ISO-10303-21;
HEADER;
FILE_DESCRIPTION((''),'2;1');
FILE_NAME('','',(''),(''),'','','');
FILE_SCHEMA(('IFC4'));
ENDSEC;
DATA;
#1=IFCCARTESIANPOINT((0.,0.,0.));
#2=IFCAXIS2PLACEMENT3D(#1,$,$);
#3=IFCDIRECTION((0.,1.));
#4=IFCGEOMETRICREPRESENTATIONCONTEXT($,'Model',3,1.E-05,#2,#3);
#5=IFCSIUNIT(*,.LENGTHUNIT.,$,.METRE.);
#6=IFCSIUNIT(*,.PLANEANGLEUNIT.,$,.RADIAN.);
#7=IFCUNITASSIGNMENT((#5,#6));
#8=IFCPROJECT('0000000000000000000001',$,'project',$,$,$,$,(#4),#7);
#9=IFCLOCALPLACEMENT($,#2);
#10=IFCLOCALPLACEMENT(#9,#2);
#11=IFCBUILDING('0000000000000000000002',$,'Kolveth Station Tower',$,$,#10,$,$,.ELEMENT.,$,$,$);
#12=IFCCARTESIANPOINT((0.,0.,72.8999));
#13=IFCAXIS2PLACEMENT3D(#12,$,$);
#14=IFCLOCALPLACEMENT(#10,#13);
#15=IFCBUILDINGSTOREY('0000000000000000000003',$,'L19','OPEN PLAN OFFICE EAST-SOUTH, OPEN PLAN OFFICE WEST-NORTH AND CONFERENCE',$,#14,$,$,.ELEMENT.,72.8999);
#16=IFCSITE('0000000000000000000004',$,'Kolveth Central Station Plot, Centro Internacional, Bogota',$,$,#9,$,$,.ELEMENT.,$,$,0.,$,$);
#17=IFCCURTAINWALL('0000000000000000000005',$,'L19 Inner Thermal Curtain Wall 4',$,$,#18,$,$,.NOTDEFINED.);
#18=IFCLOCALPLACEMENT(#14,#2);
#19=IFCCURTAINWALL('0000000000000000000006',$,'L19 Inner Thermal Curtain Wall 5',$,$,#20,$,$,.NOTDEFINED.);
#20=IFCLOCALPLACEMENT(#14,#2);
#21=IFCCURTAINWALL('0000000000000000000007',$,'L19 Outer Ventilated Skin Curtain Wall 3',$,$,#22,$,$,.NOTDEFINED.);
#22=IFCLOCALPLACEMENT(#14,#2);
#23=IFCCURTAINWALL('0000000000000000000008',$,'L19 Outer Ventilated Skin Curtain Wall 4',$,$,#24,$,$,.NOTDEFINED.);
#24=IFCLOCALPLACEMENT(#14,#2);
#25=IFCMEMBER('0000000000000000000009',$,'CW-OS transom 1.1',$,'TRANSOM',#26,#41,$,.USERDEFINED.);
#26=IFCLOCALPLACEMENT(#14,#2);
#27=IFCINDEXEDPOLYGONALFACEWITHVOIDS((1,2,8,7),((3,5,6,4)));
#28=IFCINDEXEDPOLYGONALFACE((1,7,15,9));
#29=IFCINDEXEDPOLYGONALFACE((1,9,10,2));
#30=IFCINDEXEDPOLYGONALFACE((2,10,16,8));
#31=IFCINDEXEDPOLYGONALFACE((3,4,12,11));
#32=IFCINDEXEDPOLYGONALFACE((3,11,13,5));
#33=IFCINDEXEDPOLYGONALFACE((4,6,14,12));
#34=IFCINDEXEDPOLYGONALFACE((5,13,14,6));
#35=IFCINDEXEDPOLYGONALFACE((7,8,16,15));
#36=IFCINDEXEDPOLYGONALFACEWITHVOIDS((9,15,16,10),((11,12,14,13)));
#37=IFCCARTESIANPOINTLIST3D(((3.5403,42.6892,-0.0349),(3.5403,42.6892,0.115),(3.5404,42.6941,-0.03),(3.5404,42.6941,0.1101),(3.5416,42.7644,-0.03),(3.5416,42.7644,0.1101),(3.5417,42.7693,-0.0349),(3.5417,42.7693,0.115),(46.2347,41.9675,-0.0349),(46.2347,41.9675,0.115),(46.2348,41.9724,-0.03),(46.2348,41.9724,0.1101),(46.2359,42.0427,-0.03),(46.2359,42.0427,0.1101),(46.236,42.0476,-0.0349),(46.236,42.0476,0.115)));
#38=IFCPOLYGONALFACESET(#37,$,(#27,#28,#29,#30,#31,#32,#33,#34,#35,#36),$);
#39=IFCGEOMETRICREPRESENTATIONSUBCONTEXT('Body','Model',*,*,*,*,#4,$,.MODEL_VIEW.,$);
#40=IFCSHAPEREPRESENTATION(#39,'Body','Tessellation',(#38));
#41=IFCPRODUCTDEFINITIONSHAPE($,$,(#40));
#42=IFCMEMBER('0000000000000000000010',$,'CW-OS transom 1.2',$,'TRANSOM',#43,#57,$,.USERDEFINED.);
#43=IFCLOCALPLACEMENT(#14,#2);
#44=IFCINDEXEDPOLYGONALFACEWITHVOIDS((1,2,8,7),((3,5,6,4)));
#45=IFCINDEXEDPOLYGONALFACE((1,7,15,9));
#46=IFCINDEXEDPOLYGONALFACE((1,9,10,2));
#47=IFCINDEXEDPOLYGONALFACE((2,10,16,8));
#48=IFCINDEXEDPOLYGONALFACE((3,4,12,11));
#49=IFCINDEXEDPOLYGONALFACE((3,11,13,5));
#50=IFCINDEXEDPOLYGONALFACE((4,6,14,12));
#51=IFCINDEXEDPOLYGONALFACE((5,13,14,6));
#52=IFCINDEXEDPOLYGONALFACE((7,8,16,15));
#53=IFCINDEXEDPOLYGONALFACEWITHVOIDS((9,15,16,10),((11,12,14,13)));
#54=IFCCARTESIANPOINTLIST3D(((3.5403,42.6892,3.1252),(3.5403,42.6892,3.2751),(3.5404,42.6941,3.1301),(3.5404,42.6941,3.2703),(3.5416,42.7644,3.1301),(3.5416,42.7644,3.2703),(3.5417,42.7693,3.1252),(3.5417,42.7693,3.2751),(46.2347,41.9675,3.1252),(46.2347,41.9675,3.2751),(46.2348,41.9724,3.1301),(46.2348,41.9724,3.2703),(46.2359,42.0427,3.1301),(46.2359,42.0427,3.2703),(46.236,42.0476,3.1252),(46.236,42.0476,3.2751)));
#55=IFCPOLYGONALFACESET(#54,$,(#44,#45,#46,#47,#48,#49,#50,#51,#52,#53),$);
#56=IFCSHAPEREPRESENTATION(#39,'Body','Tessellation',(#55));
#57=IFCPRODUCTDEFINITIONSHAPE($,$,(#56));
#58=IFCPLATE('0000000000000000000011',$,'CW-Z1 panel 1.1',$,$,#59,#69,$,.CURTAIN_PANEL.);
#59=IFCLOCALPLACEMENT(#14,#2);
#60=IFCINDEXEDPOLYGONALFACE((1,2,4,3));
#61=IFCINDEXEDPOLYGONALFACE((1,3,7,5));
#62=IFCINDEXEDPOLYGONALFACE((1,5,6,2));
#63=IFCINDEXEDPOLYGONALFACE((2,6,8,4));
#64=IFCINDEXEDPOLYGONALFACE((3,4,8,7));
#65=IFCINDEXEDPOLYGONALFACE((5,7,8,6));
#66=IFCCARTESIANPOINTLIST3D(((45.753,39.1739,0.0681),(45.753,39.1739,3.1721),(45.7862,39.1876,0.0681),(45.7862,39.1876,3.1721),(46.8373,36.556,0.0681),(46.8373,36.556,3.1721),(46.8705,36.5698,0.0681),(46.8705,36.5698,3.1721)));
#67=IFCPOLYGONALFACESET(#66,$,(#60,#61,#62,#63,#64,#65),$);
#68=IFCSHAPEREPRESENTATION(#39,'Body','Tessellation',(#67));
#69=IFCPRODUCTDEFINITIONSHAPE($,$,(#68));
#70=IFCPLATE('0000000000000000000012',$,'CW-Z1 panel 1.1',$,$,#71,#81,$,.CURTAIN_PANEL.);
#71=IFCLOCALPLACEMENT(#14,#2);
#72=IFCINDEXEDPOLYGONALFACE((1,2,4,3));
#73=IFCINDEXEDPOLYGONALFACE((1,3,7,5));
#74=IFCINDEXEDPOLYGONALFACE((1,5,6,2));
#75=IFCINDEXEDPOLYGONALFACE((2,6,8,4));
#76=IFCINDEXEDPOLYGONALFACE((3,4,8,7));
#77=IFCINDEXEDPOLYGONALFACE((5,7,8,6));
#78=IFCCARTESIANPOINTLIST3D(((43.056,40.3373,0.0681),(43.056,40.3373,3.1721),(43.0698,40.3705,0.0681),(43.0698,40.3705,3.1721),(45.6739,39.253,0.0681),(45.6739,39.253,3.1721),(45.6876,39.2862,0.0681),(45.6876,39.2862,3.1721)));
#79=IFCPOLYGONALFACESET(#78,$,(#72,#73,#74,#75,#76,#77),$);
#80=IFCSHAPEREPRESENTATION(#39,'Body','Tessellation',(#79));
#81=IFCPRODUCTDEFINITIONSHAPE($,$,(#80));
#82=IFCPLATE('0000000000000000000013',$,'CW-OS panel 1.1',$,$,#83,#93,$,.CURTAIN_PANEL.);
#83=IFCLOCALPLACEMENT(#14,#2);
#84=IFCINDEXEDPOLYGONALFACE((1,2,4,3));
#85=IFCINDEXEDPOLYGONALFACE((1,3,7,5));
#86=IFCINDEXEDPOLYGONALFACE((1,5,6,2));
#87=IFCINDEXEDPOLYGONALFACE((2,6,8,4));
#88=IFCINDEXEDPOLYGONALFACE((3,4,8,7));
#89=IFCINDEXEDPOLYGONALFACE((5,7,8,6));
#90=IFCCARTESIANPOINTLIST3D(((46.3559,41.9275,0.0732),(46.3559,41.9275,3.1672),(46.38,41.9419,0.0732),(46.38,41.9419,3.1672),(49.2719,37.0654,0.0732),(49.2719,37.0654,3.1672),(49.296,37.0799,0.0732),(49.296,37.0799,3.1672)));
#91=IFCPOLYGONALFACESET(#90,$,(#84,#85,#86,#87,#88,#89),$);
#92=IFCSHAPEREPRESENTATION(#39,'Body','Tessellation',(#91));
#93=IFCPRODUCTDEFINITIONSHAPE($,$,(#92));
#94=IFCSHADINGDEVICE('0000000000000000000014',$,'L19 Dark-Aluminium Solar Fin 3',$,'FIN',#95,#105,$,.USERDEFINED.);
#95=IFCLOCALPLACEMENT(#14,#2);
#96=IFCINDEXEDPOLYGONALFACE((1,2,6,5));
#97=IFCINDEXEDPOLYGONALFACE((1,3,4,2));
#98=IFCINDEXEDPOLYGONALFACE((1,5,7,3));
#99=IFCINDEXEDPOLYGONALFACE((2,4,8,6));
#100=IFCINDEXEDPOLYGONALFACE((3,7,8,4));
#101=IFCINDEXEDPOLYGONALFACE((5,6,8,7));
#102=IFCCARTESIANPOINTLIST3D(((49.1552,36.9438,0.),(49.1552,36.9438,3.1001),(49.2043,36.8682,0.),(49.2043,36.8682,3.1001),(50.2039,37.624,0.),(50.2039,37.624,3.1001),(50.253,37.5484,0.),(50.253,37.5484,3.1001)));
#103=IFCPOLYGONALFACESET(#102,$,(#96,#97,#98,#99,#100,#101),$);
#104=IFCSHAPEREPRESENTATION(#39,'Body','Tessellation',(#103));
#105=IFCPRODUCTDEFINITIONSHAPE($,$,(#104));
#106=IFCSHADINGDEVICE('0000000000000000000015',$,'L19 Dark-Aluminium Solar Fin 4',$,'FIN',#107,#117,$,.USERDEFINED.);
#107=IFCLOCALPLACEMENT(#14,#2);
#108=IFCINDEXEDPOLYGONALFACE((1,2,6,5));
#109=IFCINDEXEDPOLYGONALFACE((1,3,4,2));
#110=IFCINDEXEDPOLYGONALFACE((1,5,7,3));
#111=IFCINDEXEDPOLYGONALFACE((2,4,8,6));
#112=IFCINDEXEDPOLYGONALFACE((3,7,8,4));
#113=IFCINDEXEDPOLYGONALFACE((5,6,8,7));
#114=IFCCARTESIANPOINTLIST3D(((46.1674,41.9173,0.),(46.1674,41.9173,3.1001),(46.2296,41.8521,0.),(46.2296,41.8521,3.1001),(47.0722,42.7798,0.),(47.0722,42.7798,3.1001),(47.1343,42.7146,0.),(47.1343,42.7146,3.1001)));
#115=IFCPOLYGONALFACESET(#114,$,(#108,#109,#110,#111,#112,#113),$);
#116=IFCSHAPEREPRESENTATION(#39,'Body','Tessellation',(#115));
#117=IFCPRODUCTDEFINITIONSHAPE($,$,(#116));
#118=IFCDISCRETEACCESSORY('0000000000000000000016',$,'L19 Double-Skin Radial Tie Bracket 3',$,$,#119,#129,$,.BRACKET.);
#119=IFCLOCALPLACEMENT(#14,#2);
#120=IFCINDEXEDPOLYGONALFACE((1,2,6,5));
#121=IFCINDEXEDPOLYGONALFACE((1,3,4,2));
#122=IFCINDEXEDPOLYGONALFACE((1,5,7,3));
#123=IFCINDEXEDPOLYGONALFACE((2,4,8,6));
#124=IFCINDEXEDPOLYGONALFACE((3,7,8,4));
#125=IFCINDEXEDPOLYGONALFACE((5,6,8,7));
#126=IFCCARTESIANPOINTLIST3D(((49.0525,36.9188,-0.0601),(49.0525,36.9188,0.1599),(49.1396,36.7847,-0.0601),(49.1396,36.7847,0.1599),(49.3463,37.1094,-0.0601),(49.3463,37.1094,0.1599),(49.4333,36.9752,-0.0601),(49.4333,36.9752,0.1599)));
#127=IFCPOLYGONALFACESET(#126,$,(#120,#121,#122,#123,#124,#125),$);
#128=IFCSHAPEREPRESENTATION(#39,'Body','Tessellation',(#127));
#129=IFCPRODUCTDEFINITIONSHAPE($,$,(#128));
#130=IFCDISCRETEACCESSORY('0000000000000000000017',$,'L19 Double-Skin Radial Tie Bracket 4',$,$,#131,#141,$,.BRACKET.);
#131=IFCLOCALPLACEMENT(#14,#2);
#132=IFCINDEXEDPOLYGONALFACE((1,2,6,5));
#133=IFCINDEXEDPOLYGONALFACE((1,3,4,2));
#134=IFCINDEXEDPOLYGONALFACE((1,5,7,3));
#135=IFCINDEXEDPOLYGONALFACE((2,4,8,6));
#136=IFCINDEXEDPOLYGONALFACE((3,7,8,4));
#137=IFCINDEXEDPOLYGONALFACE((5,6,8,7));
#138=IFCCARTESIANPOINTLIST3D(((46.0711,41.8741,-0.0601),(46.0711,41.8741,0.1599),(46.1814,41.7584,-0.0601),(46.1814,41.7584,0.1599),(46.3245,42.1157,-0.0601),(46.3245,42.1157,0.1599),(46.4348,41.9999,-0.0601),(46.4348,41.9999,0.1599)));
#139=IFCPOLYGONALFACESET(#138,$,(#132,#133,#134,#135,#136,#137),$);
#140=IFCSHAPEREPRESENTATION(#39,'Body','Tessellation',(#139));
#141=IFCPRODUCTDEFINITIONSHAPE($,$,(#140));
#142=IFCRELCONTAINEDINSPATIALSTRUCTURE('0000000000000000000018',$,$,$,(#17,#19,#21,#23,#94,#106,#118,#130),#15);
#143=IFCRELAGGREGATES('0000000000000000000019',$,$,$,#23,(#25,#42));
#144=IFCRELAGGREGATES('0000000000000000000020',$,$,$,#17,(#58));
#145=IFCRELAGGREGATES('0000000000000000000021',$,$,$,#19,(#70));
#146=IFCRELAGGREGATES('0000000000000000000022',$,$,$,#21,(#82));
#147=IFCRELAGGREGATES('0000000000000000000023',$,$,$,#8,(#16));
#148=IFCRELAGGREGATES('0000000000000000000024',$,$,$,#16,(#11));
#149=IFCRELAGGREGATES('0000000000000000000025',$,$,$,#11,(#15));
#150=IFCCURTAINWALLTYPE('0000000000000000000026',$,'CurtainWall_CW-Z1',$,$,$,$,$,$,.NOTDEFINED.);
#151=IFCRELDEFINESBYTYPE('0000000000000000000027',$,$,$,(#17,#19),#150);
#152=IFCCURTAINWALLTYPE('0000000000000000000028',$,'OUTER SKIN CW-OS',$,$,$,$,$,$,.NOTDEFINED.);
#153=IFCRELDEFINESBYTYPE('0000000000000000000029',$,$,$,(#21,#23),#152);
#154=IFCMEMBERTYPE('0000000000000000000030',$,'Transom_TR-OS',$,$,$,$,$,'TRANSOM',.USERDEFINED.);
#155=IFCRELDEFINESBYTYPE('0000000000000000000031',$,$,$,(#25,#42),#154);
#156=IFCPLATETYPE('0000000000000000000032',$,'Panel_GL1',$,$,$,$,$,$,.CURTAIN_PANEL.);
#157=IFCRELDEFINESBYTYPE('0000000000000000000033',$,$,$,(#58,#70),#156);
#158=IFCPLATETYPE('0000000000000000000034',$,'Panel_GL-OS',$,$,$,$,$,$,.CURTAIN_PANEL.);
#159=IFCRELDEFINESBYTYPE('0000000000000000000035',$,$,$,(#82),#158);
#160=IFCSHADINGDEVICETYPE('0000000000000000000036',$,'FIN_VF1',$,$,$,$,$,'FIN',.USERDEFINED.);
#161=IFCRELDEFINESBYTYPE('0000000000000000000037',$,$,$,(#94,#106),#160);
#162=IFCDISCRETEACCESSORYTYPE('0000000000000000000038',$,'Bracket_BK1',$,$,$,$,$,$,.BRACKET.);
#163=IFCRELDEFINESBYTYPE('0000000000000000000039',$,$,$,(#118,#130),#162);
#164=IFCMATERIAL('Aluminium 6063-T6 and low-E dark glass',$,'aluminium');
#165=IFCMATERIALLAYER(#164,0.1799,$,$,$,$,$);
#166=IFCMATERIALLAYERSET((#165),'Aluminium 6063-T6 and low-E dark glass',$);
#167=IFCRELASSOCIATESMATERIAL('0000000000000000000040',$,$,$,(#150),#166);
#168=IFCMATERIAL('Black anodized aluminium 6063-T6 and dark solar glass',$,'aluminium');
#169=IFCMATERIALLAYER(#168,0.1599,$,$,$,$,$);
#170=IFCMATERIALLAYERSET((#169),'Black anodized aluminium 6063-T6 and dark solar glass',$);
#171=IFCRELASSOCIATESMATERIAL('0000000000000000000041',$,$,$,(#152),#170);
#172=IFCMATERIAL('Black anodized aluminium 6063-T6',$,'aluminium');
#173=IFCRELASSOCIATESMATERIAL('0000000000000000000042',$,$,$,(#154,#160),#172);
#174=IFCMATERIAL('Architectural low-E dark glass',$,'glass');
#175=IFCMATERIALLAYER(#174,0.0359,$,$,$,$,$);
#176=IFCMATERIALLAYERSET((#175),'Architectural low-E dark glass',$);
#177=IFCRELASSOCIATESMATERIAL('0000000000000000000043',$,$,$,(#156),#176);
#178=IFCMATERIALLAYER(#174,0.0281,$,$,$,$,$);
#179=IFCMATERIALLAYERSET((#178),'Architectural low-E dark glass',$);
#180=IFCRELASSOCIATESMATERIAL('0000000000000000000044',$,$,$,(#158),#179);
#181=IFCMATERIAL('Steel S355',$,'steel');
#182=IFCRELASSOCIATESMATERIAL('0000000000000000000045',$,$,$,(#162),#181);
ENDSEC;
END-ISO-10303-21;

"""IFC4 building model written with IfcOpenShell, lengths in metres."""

from ifc_helpers import new_model, si_unit, direction, frame, origin, origin_2d, place, context, subcontext, project, spatial, rectangle, hollow_rectangle, extrude, source, transform, mapped, material, layer, layer_set, material_profile, profile_set, type_object, element, aggregate, save


model = new_model("IFC4")

# Units and contexts
model_context = context("Model", 3, precision=1e-05, world=origin(), true_north=direction((0.0, 1.0)))
body_context = subcontext(model_context, "Body", "Model", "MODEL_VIEW")
ifc_project = project(units=[si_unit("LENGTHUNIT", "METRE"), si_unit("PLANEANGLEUNIT", "RADIAN")], contexts=[model_context])

# Site, building, storey
site_placement = place(None, origin())
site = spatial("IfcSite", under=ifc_project, at=site_placement, Name="Kolveth Central Station Plot, Centro Internacional, Bogota", CompositionType="ELEMENT", RefElevation=0.0)
building_placement = place(site_placement, origin())
building = spatial("IfcBuilding", under=site, at=building_placement, Name="Kolveth Station Tower", CompositionType="ELEMENT")
storey_placement = place(building_placement, frame((0.0, 0.0, 72.8999)))
storey = spatial("IfcBuildingStorey", under=building, at=storey_placement, Name="L19", Description="OPEN PLAN OFFICE EAST-SOUTH, OPEN PLAN OFFICE WEST-NORTH AND CONFERENCE", CompositionType="ELEMENT", Elevation=72.8999)

# Shared definitions
ifc_material_1 = material(Name="Steel S355", Category="steel")

# Curtain walls
ifc_material_2 = material(Name="Aluminium 6063-T6 and low-E dark glass", Category="aluminium")
ifc_layer_1 = layer(ifc_material_2, 0.1799)
ifc_layer_set_1 = layer_set([ifc_layer_1], Name="Aluminium 6063-T6 and low-E dark glass")
curtain_wall_type_1 = type_object("IfcCurtainWallType", Name="CurtainWall_CW-Z1", PredefinedType="NOTDEFINED", material=ifc_layer_set_1)
curtain_wall_1_placement = place(storey_placement, origin())
curtain_wall_1 = element("IfcCurtainWall", 1, at=curtain_wall_1_placement, inside=storey, type_object=curtain_wall_type_1, Name="L19 Inner Thermal Curtain Wall 4", PredefinedType="NOTDEFINED")
ifc_material_3 = material(Name="Black anodized aluminium 6063-T6", Category="aluminium")
curtain_wall_2_placement = place(storey_placement, origin())
curtain_wall_2 = element("IfcCurtainWall", 2, at=curtain_wall_2_placement, inside=storey, type_object=curtain_wall_type_1, Name="L19 Inner Thermal Curtain Wall 5", PredefinedType="NOTDEFINED")

# Shared definitions
ifc_material_4 = material(Name="Black anodized aluminium 6063-T6 and dark solar glass", Category="aluminium")
ifc_layer_2 = layer(ifc_material_4, 0.1599)
ifc_layer_set_2 = layer_set([ifc_layer_2], Name="Black anodized aluminium 6063-T6 and dark solar glass")
curtain_wall_type_2 = type_object("IfcCurtainWallType", Name="OUTER SKIN CW-OS", PredefinedType="NOTDEFINED", material=ifc_layer_set_2)

# Curtain wall
curtain_wall_3_placement = place(storey_placement, origin())
curtain_wall_3 = element("IfcCurtainWall", 3, at=curtain_wall_3_placement, inside=storey, type_object=curtain_wall_type_2, Name="L19 Outer Ventilated Skin Curtain Wall 3", PredefinedType="NOTDEFINED")

# Curtain wall
curtain_wall_4_placement = place(storey_placement, origin())
curtain_wall_4 = element("IfcCurtainWall", 4, at=curtain_wall_4_placement, inside=storey, type_object=curtain_wall_type_2, Name="L19 Outer Ventilated Skin Curtain Wall 4", PredefinedType="NOTDEFINED")

# Members
ifc_material_profile_1 = material_profile(ifc_material_3, hollow_rectangle(XDim=0.0801, YDim=0.1499, WallThickness=0.0049, at=origin_2d()), Name="ALU-80x150x5")
ifc_profile_set_1 = profile_set([ifc_material_profile_1], Name="Black anodized aluminium 6063-T6")
member_type_1 = type_object("IfcMemberType", Name="Transom_TR-OS", ElementType="TRANSOM", PredefinedType="USERDEFINED", material=ifc_profile_set_1)
shared_shape_1 = source(origin(), body_context, "Body", "SweptSolid", [
    extrude(hollow_rectangle(XDim=0.0801, YDim=0.1499, WallThickness=0.0049, at=origin_2d()), origin(), (0.0, 0.0, 1.0), 42.7004),
])
member_1_placement = place(storey_placement, frame((46.2354, 42.0076, 0.04), z_axis=(-0.999857, 0.016901, 0.0), x_axis=(-0.016901, -0.999857, 0.0)))
member_1 = element("IfcMember", 5, at=member_1_placement, type_object=member_type_1, Name="CW-OS transom 1.1", ObjectType="TRANSOM", PredefinedType="USERDEFINED", context=body_context, shape_type="MappedRepresentation", body=[
    mapped(shared_shape_1, transform((0.0, 0.0, 0.0), x_axis=(1.0, 0.0, 0.0), y_axis=(0.0, 1.0, 0.0), z_axis=(0.0, 0.0, 1.0), scale=1.0)),
])
member_2_placement = place(storey_placement, frame((46.2354, 42.0076, 3.2002), z_axis=(-0.999857, 0.016901, 0.0), x_axis=(-0.016901, -0.999857, 0.0)))
member_2 = element("IfcMember", 6, at=member_2_placement, type_object=member_type_1, Name="CW-OS transom 1.2", ObjectType="TRANSOM", PredefinedType="USERDEFINED", context=body_context, shape_type="MappedRepresentation", body=[
    mapped(shared_shape_1, transform((0.0, 0.0, 0.0), x_axis=(1.0, 0.0, 0.0), y_axis=(0.0, 1.0, 0.0), z_axis=(0.0, 0.0, 1.0), scale=1.0)),
])
aggregate(curtain_wall_4, [member_1, member_2])

# Plates
ifc_material_5 = material(Name="Architectural low-E dark glass", Category="glass")
ifc_layer_3 = layer(ifc_material_5, 0.0359)
ifc_layer_set_3 = layer_set([ifc_layer_3], Name="Architectural low-E dark glass")
plate_type_1 = type_object("IfcPlateType", Name="Panel_GL1", PredefinedType="CURTAIN_PANEL", material=ifc_layer_set_3)
shared_shape_2 = source(origin(), body_context, "Body", "SweptSolid", [
    extrude(rectangle(XDim=2.8335, YDim=0.0359, at=origin_2d()), origin(), (0.0, 0.0, 1.0), 3.104),
])
plate_1_placement = place(storey_placement, frame((46.3118, 37.8718, 0.0681), z_axis=(0.0, 0.0, 1.0), x_axis=(-0.382673, 0.923884, 0.0)))
plate_1 = element("IfcPlate", 7, at=plate_1_placement, type_object=plate_type_1, Name="CW-Z1 panel 1.1", PredefinedType="CURTAIN_PANEL", context=body_context, shape_type="MappedRepresentation", body=[
    mapped(shared_shape_2, transform((0.0, 0.0, 0.0), x_axis=(1.0, 0.0, 0.0), y_axis=(0.0, 1.0, 0.0), z_axis=(0.0, 0.0, 1.0), scale=1.0)),
])
aggregate(curtain_wall_1, [plate_1])
plate_2_placement = place(storey_placement, frame((44.3718, 39.8118, 0.0681), z_axis=(0.0, 0.0, 1.0), x_axis=(-0.923884, 0.382673, 0.0)))
plate_2 = element("IfcPlate", 8, at=plate_2_placement, type_object=plate_type_1, Name="CW-Z1 panel 1.1", PredefinedType="CURTAIN_PANEL", context=body_context, shape_type="MappedRepresentation", body=[
    mapped(shared_shape_2, transform((0.0, 0.0, 0.0), x_axis=(1.0, 0.0, 0.0), y_axis=(0.0, 1.0, 0.0), z_axis=(0.0, 0.0, 1.0), scale=1.0)),
])
aggregate(curtain_wall_2, [plate_2])
ifc_layer_4 = layer(ifc_material_5, 0.0281)
ifc_layer_set_4 = layer_set([ifc_layer_4], Name="Architectural low-E dark glass")
plate_type_2 = type_object("IfcPlateType", Name="Panel_GL-OS", PredefinedType="CURTAIN_PANEL", material=ifc_layer_set_4)
shared_shape_3 = source(origin(), body_context, "Body", "SweptSolid", [
    extrude(rectangle(XDim=5.6694, YDim=0.0281, at=origin_2d()), origin(), (0.0, 0.0, 1.0), 3.094),
])
plate_3_placement = place(storey_placement, frame((47.8259, 39.5037, 0.0732), z_axis=(0.0, 0.0, 1.0), x_axis=(-0.514332, 0.857591, 0.0)))
plate_3 = element("IfcPlate", 9, at=plate_3_placement, type_object=plate_type_2, Name="CW-OS panel 1.1", PredefinedType="CURTAIN_PANEL", context=body_context, shape_type="MappedRepresentation", body=[
    mapped(shared_shape_3, transform((0.0, 0.0, 0.0), x_axis=(1.0, 0.0, 0.0), y_axis=(0.0, 1.0, 0.0), z_axis=(0.0, 0.0, 1.0), scale=1.0)),
])
aggregate(curtain_wall_3, [plate_3])

# Shading devices
shading_device_type = type_object("IfcShadingDeviceType", Name="FIN_VF1", ElementType="FIN", PredefinedType="USERDEFINED", material=ifc_material_3)
shared_shape_4 = source(origin(), body_context, "Body", "SweptSolid", [
    extrude(rectangle(XDim=1.25, YDim=0.0901, at=origin_2d()), origin(), (0.0, 0.0, 1.0), 3.1001),
])
for number, where, z_axis, x_axis, name in (
    (10, (49.7041, 37.2461, 0.0), (0.0, 0.0, 1.0), (0.838956, 0.5442, 0.0), "L19 Dark-Aluminium Solar Fin 3"),
    (11, (46.6509, 42.3159, 0.0), (0.0, 0.0, 1.0), (0.723811, 0.689999, 0.0), "L19 Dark-Aluminium Solar Fin 4"),
):
    element("IfcShadingDevice", number, at=place(storey_placement, frame(where, z_axis=z_axis, x_axis=x_axis)), inside=storey, type_object=shading_device_type, Name=name, ObjectType="FIN", PredefinedType="USERDEFINED", context=body_context, shape_type="MappedRepresentation", body=[
        mapped(shared_shape_4, transform((0.0, 0.0, 0.0), x_axis=(1.0, 0.0, 0.0), y_axis=(0.0, 1.0, 0.0), z_axis=(0.0, 0.0, 1.0), scale=1.0)),
    ])

# Discrete accessories
discrete_accessory_type = type_object("IfcDiscreteAccessoryType", Name="Bracket_BK1", PredefinedType="BRACKET", material=ifc_material_1)
shared_shape_5 = source(origin(), body_context, "Body", "SweptSolid", [
    extrude(rectangle(XDim=0.3501, YDim=0.1599, at=origin_2d()), origin(), (0.0, 0.0, 1.0), 0.22),
])
for number, where, z_axis, x_axis, name in (
    (12, (49.2429, 36.947, -0.0601), (0.0, 0.0, 1.0), (0.838956, 0.5442, 0.0), "L19 Double-Skin Radial Tie Bracket 3"),
    (13, (46.2529, 41.937, -0.0601), (0.0, 0.0, 1.0), (0.723811, 0.689999, 0.0), "L19 Double-Skin Radial Tie Bracket 4"),
):
    element("IfcDiscreteAccessory", number, at=place(storey_placement, frame(where, z_axis=z_axis, x_axis=x_axis)), inside=storey, type_object=discrete_accessory_type, Name=name, PredefinedType="BRACKET", context=body_context, shape_type="MappedRepresentation", body=[
        mapped(shared_shape_5, transform((0.0, 0.0, 0.0), x_axis=(1.0, 0.0, 0.0), y_axis=(0.0, 1.0, 0.0), z_axis=(0.0, 0.0, 1.0), scale=1.0)),
    ])

save(model, "model.ifc")
